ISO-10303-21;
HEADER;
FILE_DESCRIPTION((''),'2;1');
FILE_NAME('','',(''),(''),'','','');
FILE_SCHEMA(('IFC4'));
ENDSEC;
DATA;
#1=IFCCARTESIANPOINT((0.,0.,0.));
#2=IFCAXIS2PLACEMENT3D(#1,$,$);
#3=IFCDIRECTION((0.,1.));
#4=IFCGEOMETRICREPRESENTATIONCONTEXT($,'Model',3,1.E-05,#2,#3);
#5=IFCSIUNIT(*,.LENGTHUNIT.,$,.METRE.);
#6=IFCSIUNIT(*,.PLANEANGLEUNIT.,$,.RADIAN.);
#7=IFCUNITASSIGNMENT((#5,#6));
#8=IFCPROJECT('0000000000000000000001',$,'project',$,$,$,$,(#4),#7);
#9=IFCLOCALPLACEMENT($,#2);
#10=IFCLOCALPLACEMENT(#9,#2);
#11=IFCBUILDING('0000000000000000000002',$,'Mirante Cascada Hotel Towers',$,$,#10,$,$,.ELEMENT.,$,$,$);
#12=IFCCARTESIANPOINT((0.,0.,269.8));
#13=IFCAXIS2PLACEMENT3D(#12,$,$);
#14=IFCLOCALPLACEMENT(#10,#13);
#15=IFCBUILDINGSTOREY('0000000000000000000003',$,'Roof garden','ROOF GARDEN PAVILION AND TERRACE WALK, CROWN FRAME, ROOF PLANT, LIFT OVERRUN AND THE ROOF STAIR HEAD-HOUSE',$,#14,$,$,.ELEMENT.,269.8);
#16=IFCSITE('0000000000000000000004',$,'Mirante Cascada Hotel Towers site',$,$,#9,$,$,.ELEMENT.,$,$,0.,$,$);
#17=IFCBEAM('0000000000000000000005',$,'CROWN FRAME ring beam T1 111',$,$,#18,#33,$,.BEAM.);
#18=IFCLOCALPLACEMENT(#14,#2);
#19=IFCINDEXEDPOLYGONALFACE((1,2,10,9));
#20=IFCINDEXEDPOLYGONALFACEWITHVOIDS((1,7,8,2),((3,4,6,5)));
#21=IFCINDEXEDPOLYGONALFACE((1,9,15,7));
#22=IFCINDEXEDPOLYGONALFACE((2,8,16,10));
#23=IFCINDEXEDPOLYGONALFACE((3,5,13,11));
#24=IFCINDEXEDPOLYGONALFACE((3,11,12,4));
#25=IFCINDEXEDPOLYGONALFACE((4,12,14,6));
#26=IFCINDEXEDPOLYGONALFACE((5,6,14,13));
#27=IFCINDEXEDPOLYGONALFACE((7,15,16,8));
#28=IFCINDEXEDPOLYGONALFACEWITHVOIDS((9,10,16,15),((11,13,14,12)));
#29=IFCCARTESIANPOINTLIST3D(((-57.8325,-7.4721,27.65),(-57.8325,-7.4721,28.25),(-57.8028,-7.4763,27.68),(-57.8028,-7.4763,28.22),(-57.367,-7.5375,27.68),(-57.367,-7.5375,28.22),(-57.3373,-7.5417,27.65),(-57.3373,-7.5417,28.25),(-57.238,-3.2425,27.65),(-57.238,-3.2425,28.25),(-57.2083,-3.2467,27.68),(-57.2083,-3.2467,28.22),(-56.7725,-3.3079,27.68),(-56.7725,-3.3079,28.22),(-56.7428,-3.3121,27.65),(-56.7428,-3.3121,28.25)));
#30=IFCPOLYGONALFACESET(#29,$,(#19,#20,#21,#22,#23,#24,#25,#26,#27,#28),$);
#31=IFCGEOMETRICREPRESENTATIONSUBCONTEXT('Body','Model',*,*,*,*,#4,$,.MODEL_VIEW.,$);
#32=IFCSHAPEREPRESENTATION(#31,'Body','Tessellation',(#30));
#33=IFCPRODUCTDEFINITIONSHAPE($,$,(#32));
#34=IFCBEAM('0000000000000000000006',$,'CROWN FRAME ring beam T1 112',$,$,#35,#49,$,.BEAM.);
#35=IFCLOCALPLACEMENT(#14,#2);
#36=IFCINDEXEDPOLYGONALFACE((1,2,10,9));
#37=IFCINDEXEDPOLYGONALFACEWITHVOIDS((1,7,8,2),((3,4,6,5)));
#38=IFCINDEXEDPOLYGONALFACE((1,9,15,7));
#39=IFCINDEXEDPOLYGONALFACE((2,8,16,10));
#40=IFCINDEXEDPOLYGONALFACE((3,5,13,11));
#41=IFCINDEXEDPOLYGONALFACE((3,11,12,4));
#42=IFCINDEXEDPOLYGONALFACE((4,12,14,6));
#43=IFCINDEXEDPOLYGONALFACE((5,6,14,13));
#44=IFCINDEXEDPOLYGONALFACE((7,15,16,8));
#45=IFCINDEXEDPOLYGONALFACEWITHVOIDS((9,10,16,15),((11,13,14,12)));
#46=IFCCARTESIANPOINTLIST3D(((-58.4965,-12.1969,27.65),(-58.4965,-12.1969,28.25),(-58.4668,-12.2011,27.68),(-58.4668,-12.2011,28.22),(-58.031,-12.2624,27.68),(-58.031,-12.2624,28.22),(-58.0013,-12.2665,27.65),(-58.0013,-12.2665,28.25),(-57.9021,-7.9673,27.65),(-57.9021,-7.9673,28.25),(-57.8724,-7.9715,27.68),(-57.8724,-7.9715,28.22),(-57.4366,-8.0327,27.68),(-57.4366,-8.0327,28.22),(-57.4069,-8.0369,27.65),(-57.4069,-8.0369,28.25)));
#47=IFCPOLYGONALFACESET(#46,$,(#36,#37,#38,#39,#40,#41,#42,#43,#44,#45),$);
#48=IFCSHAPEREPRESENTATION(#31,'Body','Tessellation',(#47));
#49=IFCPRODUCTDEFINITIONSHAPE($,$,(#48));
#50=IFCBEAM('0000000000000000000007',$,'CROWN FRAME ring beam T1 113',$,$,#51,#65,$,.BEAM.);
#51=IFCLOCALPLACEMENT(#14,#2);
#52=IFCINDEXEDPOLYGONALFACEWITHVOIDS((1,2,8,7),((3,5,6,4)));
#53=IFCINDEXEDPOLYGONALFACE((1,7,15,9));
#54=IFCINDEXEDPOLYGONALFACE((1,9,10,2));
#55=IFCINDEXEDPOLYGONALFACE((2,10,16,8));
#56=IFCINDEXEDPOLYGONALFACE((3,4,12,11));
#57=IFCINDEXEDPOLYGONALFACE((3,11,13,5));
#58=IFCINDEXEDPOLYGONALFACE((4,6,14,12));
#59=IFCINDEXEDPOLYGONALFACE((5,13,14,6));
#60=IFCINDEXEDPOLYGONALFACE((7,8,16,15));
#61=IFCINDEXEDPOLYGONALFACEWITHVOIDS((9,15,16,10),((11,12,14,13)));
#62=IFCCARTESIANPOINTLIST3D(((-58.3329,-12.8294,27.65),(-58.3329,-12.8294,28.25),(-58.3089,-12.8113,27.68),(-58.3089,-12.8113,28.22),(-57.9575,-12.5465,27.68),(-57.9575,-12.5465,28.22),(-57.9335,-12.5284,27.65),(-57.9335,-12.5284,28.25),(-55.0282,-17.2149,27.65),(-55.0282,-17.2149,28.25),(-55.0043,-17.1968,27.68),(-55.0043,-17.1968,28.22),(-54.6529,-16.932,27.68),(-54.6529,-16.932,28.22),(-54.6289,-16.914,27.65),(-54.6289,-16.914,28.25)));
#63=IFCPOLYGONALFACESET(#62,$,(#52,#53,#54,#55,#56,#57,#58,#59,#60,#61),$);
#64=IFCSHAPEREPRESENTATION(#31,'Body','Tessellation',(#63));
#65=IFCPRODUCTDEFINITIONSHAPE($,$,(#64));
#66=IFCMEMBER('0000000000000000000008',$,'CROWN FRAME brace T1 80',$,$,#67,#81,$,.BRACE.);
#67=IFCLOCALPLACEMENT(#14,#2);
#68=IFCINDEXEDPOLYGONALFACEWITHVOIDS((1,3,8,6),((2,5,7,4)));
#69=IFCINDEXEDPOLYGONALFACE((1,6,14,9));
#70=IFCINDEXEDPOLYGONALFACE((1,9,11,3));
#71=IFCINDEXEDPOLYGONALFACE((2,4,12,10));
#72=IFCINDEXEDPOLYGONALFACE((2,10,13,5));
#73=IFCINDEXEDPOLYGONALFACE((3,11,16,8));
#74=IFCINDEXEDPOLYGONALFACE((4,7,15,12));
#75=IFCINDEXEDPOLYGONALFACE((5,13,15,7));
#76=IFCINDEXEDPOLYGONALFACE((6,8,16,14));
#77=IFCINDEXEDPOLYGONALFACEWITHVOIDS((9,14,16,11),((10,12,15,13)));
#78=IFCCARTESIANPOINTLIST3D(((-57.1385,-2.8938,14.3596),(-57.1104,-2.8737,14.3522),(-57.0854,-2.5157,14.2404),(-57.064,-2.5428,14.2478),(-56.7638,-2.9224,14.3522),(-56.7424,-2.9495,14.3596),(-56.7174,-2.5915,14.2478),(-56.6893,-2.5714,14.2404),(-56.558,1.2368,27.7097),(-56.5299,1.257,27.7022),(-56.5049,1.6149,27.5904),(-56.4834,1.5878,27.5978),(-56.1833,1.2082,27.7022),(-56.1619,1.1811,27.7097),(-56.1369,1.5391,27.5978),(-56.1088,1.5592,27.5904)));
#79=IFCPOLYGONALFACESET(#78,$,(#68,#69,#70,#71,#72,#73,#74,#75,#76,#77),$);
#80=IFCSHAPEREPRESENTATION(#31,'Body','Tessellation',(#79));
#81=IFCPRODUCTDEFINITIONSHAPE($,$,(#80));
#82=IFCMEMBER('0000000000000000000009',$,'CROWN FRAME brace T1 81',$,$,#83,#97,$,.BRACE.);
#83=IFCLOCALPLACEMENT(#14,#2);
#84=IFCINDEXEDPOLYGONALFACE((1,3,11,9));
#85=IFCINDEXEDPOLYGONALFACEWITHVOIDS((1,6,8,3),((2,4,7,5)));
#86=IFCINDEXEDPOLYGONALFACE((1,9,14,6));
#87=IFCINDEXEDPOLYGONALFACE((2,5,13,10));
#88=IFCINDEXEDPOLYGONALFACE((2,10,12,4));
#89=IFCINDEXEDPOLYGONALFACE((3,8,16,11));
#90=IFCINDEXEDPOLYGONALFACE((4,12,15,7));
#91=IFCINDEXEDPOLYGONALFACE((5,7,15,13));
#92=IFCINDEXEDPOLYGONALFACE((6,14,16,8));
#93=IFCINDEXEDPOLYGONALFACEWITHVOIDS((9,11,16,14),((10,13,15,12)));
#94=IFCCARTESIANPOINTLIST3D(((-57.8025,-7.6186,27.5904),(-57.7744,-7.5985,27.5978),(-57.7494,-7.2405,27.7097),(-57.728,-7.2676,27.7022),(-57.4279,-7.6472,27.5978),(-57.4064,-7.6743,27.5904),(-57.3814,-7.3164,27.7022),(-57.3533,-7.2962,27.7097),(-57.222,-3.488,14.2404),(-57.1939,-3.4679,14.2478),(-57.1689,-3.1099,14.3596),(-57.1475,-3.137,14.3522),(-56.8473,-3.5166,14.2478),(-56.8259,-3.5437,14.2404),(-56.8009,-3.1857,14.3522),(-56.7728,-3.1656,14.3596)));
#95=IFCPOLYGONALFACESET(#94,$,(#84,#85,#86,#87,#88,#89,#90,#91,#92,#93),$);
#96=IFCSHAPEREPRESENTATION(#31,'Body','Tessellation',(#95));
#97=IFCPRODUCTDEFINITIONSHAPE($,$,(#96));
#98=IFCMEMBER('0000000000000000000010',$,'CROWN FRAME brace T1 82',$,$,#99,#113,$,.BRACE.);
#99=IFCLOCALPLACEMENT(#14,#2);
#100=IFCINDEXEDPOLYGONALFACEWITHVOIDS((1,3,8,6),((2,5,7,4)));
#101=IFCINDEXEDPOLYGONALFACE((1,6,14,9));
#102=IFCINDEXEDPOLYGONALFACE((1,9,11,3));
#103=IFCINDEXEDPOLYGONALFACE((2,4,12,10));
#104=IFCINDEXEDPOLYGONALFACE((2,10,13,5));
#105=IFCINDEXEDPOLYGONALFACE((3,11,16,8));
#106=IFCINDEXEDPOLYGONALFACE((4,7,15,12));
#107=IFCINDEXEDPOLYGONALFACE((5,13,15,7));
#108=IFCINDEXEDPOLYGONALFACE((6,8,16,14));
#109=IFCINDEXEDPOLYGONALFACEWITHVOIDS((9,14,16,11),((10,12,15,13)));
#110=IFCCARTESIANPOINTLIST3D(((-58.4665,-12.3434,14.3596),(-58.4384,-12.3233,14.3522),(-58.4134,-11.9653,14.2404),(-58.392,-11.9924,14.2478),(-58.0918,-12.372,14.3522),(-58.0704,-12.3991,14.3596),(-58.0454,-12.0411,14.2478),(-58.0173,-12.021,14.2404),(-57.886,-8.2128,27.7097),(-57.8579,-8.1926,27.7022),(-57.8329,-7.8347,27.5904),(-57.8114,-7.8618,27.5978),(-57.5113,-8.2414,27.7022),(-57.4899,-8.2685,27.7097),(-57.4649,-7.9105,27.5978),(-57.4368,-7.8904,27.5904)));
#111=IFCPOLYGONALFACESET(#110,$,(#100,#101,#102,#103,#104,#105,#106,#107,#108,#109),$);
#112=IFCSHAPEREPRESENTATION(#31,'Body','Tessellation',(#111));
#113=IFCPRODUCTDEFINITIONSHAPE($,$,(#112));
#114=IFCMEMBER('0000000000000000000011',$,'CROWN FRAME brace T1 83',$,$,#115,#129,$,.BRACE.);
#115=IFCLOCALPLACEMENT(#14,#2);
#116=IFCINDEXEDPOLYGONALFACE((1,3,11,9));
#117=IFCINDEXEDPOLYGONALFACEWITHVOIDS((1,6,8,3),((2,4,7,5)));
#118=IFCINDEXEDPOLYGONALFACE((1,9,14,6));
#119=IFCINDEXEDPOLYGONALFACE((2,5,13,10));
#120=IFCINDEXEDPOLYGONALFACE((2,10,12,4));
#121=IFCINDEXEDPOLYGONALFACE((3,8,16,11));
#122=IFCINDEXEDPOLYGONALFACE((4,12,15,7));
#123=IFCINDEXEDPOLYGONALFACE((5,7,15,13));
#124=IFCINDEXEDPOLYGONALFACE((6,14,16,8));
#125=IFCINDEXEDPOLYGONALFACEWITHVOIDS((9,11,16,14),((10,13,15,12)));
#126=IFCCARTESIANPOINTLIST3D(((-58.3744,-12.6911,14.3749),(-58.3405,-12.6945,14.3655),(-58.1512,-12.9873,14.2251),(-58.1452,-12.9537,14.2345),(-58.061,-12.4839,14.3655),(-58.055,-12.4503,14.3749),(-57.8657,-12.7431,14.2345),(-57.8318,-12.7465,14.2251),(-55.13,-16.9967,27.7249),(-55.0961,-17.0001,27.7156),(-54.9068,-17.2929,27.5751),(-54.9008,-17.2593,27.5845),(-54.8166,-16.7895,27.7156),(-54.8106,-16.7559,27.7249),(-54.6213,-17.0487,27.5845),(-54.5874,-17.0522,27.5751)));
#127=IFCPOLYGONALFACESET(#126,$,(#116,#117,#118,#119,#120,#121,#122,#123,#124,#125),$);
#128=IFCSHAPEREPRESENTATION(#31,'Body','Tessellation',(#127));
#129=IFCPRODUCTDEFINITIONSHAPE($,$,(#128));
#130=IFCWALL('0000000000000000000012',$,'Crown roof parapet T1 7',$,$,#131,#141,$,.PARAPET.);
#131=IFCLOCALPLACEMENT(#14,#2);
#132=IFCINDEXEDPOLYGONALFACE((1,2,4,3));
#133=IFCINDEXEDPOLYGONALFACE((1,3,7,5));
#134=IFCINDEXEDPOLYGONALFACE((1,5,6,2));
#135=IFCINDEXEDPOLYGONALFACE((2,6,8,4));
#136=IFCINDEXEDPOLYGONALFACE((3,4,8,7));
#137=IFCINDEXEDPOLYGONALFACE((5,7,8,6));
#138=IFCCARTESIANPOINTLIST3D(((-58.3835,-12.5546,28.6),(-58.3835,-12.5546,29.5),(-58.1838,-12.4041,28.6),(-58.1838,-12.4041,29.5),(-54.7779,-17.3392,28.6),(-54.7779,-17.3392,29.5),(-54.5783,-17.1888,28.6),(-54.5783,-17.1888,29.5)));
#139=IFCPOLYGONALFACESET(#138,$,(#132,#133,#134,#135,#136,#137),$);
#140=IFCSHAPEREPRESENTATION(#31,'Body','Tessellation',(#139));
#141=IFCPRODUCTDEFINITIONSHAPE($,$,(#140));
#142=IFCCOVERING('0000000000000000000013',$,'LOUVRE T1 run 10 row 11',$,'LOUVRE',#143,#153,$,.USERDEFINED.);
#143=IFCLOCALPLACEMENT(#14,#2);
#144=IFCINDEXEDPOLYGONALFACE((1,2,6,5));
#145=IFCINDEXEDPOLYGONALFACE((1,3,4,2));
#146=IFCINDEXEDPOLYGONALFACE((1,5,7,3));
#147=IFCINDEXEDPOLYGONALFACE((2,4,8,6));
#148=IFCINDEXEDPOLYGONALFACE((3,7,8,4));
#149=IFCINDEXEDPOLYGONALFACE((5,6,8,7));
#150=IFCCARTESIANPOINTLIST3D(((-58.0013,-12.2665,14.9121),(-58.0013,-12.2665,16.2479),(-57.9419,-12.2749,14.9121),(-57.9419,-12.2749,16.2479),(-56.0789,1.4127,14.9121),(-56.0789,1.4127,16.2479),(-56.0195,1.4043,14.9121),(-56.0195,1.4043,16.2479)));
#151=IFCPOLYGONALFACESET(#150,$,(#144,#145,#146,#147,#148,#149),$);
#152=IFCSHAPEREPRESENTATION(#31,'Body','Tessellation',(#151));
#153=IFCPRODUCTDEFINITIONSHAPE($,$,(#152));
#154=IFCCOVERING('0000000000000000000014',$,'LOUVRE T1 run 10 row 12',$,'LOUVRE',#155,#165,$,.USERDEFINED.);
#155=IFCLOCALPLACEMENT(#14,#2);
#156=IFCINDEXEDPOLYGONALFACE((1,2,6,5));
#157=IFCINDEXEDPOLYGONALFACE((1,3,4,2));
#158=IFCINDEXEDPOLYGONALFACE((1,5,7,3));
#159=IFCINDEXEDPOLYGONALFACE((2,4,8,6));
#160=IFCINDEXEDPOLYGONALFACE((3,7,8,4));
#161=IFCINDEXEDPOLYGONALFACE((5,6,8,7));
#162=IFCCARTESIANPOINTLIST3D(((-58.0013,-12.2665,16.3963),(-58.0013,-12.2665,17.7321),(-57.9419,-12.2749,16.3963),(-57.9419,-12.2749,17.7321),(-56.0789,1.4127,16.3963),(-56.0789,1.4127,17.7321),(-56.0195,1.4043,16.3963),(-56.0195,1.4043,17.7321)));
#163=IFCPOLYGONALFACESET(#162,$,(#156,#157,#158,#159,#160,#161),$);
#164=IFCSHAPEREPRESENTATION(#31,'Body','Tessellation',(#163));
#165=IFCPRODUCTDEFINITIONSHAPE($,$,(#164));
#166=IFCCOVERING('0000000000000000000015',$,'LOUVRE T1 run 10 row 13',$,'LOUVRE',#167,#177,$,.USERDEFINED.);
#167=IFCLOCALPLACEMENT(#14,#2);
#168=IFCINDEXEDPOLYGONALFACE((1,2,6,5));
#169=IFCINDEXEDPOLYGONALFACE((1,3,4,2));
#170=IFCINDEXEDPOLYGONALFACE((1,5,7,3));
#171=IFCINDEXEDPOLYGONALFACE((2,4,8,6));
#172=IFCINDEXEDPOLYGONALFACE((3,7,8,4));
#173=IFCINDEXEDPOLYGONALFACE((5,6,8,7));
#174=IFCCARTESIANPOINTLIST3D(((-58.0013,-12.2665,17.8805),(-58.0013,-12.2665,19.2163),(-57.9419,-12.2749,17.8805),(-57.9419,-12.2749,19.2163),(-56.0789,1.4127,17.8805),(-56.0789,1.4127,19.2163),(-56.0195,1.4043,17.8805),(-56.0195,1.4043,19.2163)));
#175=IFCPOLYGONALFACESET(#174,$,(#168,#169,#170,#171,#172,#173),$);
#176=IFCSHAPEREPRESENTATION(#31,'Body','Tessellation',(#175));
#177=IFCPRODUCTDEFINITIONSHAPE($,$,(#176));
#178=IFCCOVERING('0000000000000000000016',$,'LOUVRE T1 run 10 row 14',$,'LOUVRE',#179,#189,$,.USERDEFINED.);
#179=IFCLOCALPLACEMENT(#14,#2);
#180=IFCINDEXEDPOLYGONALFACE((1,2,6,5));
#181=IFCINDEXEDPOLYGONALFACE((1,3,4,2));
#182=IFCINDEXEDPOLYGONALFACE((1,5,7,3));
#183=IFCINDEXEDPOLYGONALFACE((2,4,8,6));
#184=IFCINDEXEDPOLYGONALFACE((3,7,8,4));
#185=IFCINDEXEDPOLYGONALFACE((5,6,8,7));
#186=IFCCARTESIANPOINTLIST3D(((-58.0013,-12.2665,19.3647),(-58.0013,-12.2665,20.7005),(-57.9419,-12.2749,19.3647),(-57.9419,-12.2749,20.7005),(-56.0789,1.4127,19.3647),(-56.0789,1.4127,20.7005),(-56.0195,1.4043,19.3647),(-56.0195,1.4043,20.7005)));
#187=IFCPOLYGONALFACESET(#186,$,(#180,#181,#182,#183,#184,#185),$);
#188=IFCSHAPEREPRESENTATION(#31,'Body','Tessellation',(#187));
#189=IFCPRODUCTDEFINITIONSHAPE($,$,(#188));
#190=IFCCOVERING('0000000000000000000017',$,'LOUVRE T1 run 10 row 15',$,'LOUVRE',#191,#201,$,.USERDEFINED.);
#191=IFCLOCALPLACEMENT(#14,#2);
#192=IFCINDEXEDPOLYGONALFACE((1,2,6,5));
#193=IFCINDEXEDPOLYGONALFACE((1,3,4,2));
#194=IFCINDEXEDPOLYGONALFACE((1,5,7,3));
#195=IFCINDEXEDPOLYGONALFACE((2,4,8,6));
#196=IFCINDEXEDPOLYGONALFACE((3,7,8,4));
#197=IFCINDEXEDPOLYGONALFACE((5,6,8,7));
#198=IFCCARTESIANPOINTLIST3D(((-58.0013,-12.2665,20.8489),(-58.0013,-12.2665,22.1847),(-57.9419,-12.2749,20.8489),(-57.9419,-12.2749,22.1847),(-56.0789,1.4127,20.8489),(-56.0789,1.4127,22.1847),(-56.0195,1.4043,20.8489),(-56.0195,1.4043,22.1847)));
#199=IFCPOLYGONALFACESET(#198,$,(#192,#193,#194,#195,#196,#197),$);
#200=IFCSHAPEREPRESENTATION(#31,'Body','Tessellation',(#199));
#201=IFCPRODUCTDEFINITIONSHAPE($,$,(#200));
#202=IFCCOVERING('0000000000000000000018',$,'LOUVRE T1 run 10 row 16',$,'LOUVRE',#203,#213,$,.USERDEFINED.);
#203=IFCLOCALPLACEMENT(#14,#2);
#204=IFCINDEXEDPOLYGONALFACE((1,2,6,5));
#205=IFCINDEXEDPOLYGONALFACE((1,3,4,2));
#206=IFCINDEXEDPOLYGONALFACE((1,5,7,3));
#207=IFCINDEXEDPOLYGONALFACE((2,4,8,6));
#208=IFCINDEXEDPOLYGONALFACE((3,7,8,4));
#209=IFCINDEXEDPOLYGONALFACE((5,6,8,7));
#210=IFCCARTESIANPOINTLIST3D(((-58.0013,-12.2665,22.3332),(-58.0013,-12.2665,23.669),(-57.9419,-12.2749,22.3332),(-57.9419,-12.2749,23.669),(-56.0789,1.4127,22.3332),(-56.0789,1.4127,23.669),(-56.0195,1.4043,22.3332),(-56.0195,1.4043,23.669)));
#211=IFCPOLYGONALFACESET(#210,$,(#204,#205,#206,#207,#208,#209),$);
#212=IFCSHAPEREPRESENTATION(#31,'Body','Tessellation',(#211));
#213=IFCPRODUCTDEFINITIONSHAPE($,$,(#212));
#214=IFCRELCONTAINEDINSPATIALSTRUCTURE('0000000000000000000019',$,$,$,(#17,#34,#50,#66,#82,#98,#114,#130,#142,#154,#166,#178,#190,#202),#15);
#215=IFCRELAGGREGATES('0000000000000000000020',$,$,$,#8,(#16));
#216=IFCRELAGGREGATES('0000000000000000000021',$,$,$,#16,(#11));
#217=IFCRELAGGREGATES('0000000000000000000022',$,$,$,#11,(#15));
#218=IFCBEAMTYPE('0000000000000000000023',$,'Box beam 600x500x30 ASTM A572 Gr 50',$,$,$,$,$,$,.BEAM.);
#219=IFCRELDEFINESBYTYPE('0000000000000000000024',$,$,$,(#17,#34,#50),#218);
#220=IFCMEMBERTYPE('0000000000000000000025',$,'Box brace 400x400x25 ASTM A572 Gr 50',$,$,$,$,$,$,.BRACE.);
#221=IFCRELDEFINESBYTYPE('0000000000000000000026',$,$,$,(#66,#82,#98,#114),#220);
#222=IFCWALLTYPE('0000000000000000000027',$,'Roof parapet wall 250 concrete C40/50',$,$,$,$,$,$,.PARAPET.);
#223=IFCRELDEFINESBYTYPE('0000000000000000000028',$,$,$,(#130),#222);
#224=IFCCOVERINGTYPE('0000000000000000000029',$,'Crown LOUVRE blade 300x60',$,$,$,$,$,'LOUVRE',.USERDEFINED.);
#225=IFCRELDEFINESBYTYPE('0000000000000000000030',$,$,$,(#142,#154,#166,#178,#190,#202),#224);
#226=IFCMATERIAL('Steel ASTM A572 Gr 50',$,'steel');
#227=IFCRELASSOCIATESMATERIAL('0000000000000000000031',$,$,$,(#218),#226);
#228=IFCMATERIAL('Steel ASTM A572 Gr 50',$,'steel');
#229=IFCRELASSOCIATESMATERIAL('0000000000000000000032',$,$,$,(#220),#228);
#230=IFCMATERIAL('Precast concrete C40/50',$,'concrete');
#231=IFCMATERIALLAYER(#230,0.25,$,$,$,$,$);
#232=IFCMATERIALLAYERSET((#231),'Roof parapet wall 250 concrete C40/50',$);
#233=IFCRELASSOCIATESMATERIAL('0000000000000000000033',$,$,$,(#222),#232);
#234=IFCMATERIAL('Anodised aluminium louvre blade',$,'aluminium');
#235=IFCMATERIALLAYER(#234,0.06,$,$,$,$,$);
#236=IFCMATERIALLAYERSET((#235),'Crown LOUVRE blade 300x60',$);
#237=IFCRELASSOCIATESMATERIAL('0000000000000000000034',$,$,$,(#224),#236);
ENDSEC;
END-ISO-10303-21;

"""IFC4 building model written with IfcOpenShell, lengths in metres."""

from ifc_helpers import new_model, si_unit, direction, frame, frame_2d, origin, origin_2d, place, context, subcontext, project, spatial, rectangle, hollow_rectangle, extrude, material, layer, layer_set, material_profile, profile_set, type_object, element, save


model = new_model("IFC4")

# Units and contexts
model_context = context("Model", 3, precision=1e-05, world=origin(), true_north=direction((0.0, 1.0)))
body_context = subcontext(model_context, "Body", "Model", "MODEL_VIEW")
ifc_project = project(units=[si_unit("LENGTHUNIT", "METRE"), si_unit("PLANEANGLEUNIT", "RADIAN")], contexts=[model_context])

# Site, building, storey
site_placement = place(None, origin())
site = spatial("IfcSite", under=ifc_project, at=site_placement, Name="Mirante Cascada Hotel Towers site", CompositionType="ELEMENT", RefElevation=0.0)
building_placement = place(site_placement, origin())
building = spatial("IfcBuilding", under=site, at=building_placement, Name="Mirante Cascada Hotel Towers", CompositionType="ELEMENT")
storey_placement = place(building_placement, frame((0.0, 0.0, 269.8)))
storey = spatial("IfcBuildingStorey", under=building, at=storey_placement, Name="Roof garden", Description="ROOF GARDEN PAVILION AND TERRACE WALK, CROWN FRAME, ROOF PLANT, LIFT OVERRUN AND THE ROOF STAIR HEAD-HOUSE", CompositionType="ELEMENT", Elevation=269.8)

# Beams
ifc_material_1 = material(Name="Steel ASTM A572 Gr 50", Category="steel")
ifc_material_profile_1 = material_profile(ifc_material_1, hollow_rectangle(XDim=0.5, YDim=0.6, WallThickness=0.03, at=origin_2d()), Name="Box beam 600x500x30 ASTM A572 Gr 50")
ifc_profile_set_1 = profile_set([ifc_material_profile_1], Name="Steel ASTM A572 Gr 50")
beam_type = type_object("IfcBeamType", Name="Box beam 600x500x30 ASTM A572 Gr 50", PredefinedType="BEAM", material=ifc_profile_set_1)
for number, where, z_axis, x_axis, name in (
    (1, (-56.9904, -3.2773, 27.95), (-0.139189, -0.990266, 0.0), (0.990266, -0.139189, 0.0), "CROWN FRAME ring beam T1 111"),
    (2, (-57.6545, -8.0021, 27.95), (-0.139166, -0.990269, 0.0), (0.990269, -0.139166, 0.0), "CROWN FRAME ring beam T1 112"),
):
    element("IfcBeam", number, at=place(storey_placement, frame(where, z_axis=z_axis, x_axis=x_axis)), inside=storey, type_object=beam_type, Name=name, PredefinedType="BEAM", context=body_context, shape_type="SweptSolid", body=[
        extrude(hollow_rectangle(XDim=0.5, YDim=0.6, WallThickness=0.03, at=origin_2d()), origin(), (0.0, 0.0, 1.0), 4.2712),
    ])
beam_placement = place(storey_placement, frame((-58.1332, -12.6789, 27.95), z_axis=(0.601802, -0.798645, 0.0), x_axis=(0.798645, 0.601802, 0.0)))
element("IfcBeam", 3, at=beam_placement, inside=storey, type_object=beam_type, Name="CROWN FRAME ring beam T1 113", PredefinedType="BEAM", context=body_context, shape_type="SweptSolid", body=[
    extrude(hollow_rectangle(XDim=0.5, YDim=0.6, WallThickness=0.03, at=origin_2d()), origin(), (0.0, 0.0, 1.0), 5.4912),
])

# Members
ifc_material_2 = material(Name="Steel ASTM A572 Gr 50", Category="steel")
ifc_material_profile_2 = material_profile(ifc_material_2, hollow_rectangle(XDim=0.4, YDim=0.4, WallThickness=0.025, at=origin_2d()), Name="Box brace 400x400x25 ASTM A572 Gr 50")
ifc_profile_set_2 = profile_set([ifc_material_profile_2], Name="Steel ASTM A572 Gr 50")
member_type = type_object("IfcMemberType", Name="Box brace 400x400x25 ASTM A572 Gr 50", PredefinedType="BRACE", material=ifc_profile_set_2)
for number, where, z_axis, x_axis, name in (
    (4, (-56.9139, -2.7326, 14.3), (0.041504, 0.295328, 0.954494), (-0.990269, 0.139169, 0.0), "CROWN FRAME brace T1 80"),
    (5, (-56.9974, -3.3268, 14.3), (-0.041504, -0.295328, 0.954494), (0.990269, -0.139169, 0.0), "CROWN FRAME brace T1 81"),
    (6, (-58.2419, -12.1822, 14.3), (0.041504, 0.295328, 0.954494), (-0.990269, 0.139169, 0.0), "CROWN FRAME brace T1 82"),
):
    element("IfcMember", number, at=place(storey_placement, frame(where, z_axis=z_axis, x_axis=x_axis)), inside=storey, type_object=member_type, Name=name, PredefinedType="BRACE", context=body_context, shape_type="SweptSolid", body=[
        extrude(hollow_rectangle(XDim=0.4, YDim=0.4, WallThickness=0.025, at=origin_2d()), origin(), (0.0, 0.0, 1.0), 13.9865),
    ])
member_placement = place(storey_placement, frame((-58.1031, -12.7188, 14.3), z_axis=(0.225345, -0.299053, 0.927247), x_axis=(0.798645, 0.601803, 0.0)))
element("IfcMember", 7, at=member_placement, inside=storey, type_object=member_type, Name="CROWN FRAME brace T1 83", PredefinedType="BRACE", context=body_context, shape_type="SweptSolid", body=[
    extrude(hollow_rectangle(XDim=0.4, YDim=0.4, WallThickness=0.025, at=origin_2d()), origin(), (0.0, 0.0, 1.0), 14.3975),
])

# Wall
ifc_material_3 = material(Name="Precast concrete C40/50", Category="concrete")
ifc_layer_1 = layer(ifc_material_3, 0.25)
ifc_layer_set_1 = layer_set([ifc_layer_1], Name="Roof parapet wall 250 concrete C40/50")
wall_type = type_object("IfcWallType", Name="Roof parapet wall 250 concrete C40/50", PredefinedType="PARAPET", material=ifc_layer_set_1)
wall_placement = place(storey_placement, frame((-58.2837, -12.4793, 28.6), z_axis=(0.0, 0.0, 1.0), x_axis=(0.601823, -0.79863, 0.0)))
element("IfcWall", 8, at=wall_placement, inside=storey, type_object=wall_type, Name="Crown roof parapet T1 7", PredefinedType="PARAPET", context=body_context, shape_type="SweptSolid", body=[
    extrude(rectangle(XDim=5.9911, YDim=0.25, at=frame_2d((2.9956, 0.0))), origin(), (0.0, 0.0, 1.0), 0.9),
])

# Coverings
ifc_material_4 = material(Name="Anodised aluminium louvre blade", Category="aluminium")
ifc_layer_2 = layer(ifc_material_4, 0.06)
ifc_layer_set_2 = layer_set([ifc_layer_2], Name="Crown LOUVRE blade 300x60")
covering_type_1 = type_object("IfcCoveringType", Name="Crown LOUVRE blade 300x60", ElementType="LOUVRE", PredefinedType="USERDEFINED", material=ifc_layer_set_2)
for number, where, z_axis, x_axis, name in (
    (9, (-57.0104, -5.4311, 14.9121), (0.0, 0.0, 1.0), (-0.139173, -0.990268, 0.0), "LOUVRE T1 run 10 row 11"),
    (10, (-57.0104, -5.4311, 16.3963), (0.0, 0.0, 1.0), (-0.139173, -0.990268, 0.0), "LOUVRE T1 run 10 row 12"),
    (11, (-57.0104, -5.4311, 17.8805), (0.0, 0.0, 1.0), (-0.139173, -0.990268, 0.0), "LOUVRE T1 run 10 row 13"),
    (12, (-57.0104, -5.4311, 19.3647), (0.0, 0.0, 1.0), (-0.139173, -0.990268, 0.0), "LOUVRE T1 run 10 row 14"),
    (13, (-57.0104, -5.4311, 20.8489), (0.0, 0.0, 1.0), (-0.139173, -0.990268, 0.0), "LOUVRE T1 run 10 row 15"),
    (14, (-57.0104, -5.4311, 22.3332), (0.0, 0.0, 1.0), (-0.139173, -0.990268, 0.0), "LOUVRE T1 run 10 row 16"),
):
    element("IfcCovering", number, at=place(storey_placement, frame(where, z_axis=z_axis, x_axis=x_axis)), inside=storey, type_object=covering_type_1, Name=name, ObjectType="LOUVRE", PredefinedType="USERDEFINED", context=body_context, shape_type="SweptSolid", body=[
        extrude(rectangle(XDim=13.8136, YDim=0.06, at=origin_2d()), origin(), (0.0, 0.0, 1.0), 1.3358),
    ])

save(model, "model.ifc")
